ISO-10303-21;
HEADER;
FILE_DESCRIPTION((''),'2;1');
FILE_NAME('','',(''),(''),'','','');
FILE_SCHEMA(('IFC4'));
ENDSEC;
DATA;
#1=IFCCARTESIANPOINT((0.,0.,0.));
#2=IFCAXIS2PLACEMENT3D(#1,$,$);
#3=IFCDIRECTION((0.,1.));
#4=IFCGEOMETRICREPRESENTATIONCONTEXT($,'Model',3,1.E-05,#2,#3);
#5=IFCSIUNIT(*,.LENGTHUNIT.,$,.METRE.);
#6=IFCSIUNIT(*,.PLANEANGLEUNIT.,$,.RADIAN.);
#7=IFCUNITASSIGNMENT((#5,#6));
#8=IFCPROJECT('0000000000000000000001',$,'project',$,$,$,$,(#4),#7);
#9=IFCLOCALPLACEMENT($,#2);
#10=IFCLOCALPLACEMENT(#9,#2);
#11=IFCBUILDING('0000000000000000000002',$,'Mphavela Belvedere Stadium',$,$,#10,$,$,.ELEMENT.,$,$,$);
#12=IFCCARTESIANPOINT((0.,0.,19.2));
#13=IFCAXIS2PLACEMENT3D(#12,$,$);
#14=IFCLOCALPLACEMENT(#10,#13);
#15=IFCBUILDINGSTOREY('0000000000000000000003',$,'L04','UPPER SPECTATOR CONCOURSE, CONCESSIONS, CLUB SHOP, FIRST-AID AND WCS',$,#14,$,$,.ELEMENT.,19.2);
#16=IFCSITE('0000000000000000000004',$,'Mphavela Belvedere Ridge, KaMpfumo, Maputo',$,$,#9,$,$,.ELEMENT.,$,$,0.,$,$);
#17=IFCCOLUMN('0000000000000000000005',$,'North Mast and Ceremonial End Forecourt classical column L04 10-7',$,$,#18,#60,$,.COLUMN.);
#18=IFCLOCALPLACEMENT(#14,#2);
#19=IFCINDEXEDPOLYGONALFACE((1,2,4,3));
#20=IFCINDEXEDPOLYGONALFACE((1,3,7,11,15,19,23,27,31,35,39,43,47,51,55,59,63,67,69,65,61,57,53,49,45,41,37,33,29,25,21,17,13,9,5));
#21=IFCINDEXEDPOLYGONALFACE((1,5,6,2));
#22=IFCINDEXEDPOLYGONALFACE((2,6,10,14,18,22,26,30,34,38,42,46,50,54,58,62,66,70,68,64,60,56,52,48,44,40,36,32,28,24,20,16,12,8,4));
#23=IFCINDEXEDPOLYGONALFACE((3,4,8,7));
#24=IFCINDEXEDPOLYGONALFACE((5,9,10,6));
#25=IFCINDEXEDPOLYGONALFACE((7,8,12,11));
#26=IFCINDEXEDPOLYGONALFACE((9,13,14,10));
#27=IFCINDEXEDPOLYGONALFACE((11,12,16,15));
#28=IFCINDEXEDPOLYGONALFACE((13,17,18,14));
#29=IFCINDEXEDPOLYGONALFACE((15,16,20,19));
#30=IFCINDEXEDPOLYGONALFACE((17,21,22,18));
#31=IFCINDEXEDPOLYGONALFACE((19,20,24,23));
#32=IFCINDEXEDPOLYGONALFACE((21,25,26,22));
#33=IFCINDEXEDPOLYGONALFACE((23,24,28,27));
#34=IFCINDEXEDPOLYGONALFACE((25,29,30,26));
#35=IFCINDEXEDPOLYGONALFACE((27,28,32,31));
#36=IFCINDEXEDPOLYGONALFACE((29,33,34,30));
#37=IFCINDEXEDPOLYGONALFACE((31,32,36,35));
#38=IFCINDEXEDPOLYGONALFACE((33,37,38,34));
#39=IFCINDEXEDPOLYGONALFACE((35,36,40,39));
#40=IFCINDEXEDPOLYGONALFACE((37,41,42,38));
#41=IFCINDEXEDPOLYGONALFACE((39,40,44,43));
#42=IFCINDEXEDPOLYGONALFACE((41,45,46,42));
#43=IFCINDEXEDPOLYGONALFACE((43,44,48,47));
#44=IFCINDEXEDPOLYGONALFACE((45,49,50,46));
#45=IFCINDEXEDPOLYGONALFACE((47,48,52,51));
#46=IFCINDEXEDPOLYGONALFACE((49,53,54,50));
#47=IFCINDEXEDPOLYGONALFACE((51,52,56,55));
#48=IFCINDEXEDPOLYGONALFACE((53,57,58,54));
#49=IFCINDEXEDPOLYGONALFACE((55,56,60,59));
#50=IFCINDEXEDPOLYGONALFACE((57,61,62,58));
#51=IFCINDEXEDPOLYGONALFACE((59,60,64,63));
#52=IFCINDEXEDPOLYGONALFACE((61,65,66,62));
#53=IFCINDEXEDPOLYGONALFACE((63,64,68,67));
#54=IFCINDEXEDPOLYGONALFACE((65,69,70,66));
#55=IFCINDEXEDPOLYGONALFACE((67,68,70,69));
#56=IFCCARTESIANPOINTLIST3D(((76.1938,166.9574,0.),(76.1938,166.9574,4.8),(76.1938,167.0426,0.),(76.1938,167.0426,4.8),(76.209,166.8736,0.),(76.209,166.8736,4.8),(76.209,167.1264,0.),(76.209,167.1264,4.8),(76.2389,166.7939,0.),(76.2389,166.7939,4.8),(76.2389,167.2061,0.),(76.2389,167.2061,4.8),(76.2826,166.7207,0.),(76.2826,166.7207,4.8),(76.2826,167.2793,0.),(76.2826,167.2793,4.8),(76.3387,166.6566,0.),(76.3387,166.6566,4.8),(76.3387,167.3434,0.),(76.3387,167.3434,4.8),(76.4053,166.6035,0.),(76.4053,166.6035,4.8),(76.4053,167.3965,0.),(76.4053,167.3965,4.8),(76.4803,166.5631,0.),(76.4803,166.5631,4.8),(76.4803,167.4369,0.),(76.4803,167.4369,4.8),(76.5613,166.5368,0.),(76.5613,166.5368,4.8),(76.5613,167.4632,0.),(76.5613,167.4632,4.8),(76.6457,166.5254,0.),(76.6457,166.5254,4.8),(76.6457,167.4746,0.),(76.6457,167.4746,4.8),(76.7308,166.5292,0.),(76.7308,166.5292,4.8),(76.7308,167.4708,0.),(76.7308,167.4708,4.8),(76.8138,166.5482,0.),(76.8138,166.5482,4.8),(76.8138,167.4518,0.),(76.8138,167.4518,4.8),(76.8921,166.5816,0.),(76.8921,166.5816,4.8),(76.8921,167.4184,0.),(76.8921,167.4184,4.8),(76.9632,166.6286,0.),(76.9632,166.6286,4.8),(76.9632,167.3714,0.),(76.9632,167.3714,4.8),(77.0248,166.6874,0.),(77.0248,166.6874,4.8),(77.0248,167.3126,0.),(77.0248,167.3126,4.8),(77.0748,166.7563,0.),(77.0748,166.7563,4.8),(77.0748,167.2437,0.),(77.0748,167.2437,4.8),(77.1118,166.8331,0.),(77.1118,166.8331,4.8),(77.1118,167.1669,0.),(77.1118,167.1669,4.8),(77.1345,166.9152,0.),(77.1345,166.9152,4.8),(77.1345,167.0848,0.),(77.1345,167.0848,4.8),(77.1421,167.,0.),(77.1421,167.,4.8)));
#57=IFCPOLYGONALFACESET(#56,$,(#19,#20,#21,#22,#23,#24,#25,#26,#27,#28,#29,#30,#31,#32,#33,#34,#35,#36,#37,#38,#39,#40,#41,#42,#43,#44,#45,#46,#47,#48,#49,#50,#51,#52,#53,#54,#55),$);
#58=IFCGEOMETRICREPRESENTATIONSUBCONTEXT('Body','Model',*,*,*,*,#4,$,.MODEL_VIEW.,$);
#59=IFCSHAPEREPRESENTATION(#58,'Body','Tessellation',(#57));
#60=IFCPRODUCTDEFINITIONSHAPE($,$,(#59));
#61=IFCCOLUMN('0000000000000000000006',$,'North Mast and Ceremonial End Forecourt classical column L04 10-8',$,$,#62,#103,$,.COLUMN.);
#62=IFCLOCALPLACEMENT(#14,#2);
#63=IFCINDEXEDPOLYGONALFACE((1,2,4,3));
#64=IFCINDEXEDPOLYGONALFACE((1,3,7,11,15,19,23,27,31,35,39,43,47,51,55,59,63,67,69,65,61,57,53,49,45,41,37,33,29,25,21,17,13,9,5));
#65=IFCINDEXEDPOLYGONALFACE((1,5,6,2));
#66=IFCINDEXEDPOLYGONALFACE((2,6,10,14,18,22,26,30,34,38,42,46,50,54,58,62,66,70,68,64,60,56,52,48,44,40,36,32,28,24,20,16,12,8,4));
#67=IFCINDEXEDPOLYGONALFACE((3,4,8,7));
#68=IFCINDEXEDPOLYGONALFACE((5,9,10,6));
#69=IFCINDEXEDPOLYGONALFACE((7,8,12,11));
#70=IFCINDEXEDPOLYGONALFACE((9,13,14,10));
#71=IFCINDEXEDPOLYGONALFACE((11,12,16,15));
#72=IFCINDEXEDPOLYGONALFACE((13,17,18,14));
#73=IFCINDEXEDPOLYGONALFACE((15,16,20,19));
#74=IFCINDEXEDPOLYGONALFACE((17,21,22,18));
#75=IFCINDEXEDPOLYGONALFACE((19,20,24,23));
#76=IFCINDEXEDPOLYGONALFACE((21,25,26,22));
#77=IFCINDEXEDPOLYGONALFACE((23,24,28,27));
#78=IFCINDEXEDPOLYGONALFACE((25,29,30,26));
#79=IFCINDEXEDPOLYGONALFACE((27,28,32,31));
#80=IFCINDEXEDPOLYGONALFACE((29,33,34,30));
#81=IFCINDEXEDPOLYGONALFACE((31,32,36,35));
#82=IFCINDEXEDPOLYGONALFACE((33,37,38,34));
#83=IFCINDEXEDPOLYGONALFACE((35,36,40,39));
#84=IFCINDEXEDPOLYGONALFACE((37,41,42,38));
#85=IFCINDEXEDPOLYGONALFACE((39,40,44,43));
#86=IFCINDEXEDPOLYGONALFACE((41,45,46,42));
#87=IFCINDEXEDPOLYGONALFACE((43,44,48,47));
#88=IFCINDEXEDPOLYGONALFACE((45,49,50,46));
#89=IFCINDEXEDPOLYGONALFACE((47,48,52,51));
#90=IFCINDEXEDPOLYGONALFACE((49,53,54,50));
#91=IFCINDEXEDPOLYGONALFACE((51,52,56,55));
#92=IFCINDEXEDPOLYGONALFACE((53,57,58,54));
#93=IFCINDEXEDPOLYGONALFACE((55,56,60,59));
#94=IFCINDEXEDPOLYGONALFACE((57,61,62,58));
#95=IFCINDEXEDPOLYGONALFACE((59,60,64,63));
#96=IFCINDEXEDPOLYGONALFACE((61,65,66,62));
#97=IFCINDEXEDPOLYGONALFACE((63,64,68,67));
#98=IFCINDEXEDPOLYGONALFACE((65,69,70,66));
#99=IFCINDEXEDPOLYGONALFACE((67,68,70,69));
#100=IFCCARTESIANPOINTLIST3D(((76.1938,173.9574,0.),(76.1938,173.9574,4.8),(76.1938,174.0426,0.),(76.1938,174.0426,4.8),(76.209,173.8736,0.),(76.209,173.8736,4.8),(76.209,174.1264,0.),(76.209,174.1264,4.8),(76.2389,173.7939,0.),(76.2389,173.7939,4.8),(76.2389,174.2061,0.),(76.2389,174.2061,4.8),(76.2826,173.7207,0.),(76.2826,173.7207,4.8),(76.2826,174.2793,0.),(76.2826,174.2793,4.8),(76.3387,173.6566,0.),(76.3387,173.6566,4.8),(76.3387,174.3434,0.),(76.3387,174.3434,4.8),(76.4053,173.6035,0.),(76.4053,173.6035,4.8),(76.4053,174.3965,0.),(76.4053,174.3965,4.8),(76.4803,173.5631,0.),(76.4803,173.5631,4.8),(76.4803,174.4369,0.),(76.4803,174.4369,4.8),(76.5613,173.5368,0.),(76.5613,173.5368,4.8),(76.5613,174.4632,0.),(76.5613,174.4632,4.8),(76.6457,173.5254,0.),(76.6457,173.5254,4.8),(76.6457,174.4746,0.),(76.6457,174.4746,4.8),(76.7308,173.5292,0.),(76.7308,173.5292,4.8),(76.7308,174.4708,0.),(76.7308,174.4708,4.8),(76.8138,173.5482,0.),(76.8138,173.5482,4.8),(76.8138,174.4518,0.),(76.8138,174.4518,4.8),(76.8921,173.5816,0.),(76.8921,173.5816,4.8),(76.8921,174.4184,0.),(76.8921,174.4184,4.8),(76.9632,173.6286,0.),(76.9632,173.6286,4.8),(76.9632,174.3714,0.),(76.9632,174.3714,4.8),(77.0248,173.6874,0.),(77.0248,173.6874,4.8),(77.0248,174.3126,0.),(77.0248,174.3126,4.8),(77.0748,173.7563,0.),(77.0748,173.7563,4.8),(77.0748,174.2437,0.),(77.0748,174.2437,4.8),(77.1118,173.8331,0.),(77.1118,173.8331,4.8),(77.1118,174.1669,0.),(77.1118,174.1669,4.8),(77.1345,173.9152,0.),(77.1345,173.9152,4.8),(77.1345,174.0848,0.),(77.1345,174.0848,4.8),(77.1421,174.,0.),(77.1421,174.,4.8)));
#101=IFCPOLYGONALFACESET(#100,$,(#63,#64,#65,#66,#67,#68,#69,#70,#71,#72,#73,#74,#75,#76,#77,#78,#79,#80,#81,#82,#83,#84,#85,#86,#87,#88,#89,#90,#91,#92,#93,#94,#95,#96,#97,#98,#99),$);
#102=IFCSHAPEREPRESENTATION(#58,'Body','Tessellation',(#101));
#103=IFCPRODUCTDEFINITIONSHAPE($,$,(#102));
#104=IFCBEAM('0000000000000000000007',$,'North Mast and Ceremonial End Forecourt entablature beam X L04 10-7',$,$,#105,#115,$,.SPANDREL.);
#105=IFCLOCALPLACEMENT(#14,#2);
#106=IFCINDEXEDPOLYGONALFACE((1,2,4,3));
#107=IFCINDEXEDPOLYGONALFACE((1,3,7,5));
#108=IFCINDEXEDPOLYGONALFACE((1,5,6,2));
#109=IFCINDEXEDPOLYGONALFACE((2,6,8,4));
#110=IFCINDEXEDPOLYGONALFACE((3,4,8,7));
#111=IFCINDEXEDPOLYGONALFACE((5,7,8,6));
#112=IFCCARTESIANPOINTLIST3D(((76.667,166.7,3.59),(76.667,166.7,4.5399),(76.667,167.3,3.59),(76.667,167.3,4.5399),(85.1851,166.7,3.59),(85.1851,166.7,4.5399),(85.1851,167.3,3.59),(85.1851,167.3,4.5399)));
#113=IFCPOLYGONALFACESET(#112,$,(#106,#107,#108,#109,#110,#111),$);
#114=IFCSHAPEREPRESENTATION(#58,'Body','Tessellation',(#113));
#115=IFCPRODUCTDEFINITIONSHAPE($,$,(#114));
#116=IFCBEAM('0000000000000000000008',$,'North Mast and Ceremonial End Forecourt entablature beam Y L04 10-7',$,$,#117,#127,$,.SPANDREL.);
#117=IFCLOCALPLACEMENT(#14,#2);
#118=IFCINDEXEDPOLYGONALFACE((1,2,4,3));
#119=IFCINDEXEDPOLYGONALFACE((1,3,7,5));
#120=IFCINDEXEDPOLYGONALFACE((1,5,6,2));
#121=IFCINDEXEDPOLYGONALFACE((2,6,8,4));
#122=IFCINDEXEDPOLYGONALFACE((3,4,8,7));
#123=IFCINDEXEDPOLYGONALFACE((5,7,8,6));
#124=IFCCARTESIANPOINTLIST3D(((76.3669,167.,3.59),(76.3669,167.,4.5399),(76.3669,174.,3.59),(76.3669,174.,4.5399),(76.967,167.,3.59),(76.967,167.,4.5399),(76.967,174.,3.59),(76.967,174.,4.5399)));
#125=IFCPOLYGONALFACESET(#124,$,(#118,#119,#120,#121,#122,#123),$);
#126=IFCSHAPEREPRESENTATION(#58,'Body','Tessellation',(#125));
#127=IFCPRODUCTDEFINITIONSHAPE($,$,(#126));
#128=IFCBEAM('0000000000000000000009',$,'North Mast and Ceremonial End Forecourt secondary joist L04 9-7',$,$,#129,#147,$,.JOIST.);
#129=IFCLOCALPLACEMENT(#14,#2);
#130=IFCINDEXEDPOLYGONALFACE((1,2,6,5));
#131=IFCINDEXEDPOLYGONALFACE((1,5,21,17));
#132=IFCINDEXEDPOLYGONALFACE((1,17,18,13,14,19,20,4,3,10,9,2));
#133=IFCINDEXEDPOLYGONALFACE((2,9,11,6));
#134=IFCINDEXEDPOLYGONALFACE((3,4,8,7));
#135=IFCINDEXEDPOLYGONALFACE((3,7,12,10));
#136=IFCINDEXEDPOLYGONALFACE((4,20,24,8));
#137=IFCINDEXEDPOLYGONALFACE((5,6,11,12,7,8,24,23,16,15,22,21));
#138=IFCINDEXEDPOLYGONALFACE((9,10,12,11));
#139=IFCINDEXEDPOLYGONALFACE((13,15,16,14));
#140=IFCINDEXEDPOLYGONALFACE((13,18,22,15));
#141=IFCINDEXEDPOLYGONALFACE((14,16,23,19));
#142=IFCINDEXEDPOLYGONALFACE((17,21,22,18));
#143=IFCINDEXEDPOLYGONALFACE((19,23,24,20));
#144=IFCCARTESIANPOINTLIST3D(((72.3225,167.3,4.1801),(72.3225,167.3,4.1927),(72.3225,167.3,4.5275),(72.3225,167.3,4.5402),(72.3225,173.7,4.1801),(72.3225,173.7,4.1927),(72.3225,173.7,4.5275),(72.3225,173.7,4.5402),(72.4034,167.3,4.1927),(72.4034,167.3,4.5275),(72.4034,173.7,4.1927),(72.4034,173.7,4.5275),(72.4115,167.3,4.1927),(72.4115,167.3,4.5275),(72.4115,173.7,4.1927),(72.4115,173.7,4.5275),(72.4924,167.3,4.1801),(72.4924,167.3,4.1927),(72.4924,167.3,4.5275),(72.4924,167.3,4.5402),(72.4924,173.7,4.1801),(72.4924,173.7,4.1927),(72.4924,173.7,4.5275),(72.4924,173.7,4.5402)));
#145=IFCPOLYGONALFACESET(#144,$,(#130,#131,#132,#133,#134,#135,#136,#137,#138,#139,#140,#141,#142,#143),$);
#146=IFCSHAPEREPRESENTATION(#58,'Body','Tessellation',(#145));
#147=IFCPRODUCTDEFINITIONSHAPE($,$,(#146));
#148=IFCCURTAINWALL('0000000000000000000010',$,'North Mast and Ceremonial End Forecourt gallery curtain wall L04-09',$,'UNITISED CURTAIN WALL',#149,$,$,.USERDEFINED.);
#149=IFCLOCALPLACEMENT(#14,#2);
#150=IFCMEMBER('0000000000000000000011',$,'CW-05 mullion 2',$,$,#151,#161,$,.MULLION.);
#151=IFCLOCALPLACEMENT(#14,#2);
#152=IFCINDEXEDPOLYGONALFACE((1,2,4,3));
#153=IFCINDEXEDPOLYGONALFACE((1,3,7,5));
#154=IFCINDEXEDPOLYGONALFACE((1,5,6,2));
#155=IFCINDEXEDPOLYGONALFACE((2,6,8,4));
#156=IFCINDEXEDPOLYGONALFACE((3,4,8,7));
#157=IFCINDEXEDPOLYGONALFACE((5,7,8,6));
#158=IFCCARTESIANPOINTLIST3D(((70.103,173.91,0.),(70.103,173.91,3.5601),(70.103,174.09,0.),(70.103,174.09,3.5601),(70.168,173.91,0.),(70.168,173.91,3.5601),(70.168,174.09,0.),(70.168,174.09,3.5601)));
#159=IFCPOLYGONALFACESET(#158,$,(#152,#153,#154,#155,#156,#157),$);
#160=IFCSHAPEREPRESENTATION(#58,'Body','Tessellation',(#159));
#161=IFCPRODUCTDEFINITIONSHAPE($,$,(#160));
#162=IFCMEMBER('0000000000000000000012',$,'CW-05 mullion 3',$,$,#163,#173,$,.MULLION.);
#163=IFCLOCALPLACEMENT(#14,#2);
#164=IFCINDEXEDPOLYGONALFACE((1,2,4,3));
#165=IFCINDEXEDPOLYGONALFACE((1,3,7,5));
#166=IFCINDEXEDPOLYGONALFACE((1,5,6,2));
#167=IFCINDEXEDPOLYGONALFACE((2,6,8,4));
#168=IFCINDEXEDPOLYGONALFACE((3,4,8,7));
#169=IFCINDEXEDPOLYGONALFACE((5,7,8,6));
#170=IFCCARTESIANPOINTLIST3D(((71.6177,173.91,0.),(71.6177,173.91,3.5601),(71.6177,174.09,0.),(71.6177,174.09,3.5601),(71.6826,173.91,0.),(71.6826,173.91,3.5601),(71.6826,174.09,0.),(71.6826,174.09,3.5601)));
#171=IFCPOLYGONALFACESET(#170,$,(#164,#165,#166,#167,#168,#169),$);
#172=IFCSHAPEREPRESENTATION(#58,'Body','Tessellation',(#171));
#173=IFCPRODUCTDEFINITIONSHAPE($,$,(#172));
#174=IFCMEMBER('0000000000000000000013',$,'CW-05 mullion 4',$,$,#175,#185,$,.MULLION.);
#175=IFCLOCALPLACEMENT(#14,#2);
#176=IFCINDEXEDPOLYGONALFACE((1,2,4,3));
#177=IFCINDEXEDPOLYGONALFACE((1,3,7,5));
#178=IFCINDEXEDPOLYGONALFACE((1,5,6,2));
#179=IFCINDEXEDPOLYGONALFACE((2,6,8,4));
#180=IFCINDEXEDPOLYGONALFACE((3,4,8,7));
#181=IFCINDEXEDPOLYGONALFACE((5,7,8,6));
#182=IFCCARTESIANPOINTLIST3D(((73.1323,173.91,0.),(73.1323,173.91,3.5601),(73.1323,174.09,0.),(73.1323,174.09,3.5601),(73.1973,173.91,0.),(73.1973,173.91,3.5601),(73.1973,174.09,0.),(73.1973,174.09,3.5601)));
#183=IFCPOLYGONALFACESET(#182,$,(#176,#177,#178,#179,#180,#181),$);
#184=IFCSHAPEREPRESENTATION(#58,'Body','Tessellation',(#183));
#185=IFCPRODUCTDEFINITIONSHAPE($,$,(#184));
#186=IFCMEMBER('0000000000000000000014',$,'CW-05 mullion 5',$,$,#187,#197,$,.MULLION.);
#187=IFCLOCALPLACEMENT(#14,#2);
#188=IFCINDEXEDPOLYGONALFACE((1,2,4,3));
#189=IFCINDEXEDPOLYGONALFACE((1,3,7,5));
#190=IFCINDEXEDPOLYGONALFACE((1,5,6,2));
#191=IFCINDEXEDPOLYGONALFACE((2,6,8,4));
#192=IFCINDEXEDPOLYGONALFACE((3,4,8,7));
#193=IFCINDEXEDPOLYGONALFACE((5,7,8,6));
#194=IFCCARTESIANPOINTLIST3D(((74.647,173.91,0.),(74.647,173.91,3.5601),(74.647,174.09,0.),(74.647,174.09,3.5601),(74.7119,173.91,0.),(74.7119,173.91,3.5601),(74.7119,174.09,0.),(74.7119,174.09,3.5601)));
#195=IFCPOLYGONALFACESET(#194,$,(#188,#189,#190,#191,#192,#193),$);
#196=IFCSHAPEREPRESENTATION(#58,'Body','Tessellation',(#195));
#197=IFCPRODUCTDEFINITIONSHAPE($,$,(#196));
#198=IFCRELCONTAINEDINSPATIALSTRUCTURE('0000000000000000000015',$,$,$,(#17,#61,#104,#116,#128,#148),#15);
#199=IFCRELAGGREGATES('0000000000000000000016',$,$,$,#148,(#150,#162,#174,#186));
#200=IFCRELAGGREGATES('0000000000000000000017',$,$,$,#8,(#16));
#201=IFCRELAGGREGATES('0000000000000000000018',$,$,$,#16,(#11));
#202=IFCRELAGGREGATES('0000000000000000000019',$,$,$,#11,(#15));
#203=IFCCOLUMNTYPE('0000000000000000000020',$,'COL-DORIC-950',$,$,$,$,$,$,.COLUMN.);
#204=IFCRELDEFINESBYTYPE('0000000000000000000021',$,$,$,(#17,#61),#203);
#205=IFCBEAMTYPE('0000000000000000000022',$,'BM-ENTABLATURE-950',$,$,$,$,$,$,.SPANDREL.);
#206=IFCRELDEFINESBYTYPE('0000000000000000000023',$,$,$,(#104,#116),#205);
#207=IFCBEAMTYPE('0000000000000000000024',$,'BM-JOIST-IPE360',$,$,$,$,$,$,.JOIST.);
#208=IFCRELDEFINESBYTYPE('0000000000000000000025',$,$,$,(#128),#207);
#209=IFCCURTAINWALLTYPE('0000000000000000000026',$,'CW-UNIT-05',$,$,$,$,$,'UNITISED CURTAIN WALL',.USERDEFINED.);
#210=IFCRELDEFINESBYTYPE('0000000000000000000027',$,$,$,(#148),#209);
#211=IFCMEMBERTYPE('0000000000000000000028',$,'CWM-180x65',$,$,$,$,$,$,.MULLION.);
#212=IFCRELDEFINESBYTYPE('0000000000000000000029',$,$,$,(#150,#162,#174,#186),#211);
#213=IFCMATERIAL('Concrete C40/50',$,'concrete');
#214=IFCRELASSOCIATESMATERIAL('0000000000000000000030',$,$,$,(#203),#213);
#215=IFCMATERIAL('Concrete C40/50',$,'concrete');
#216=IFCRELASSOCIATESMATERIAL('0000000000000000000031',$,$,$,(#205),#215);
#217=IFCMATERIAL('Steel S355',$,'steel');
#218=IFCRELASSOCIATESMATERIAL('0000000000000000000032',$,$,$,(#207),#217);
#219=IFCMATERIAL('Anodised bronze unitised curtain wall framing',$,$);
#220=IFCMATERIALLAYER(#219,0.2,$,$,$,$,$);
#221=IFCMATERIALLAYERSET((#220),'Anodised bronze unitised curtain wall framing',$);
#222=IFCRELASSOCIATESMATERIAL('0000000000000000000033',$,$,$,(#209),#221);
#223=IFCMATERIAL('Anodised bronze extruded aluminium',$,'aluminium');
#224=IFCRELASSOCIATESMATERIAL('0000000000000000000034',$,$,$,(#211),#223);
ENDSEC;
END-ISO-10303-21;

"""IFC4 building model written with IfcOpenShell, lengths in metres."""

from ifc_helpers import new_model, si_unit, direction, frame, origin, origin_2d, place, context, subcontext, project, spatial, rectangle, circle, i_section, extrude, material, layer, layer_set, material_profile, profile_set, type_object, element, aggregate, save


model = new_model("IFC4")

# Units and contexts
model_context = context("Model", 3, precision=1e-05, world=origin(), true_north=direction((0.0, 1.0)))
body_context = subcontext(model_context, "Body", "Model", "MODEL_VIEW")
ifc_project = project(units=[si_unit("LENGTHUNIT", "METRE"), si_unit("PLANEANGLEUNIT", "RADIAN")], contexts=[model_context])

# Site, building, storey
site_placement = place(None, origin())
site = spatial("IfcSite", under=ifc_project, at=site_placement, Name="Mphavela Belvedere Ridge, KaMpfumo, Maputo", CompositionType="ELEMENT", RefElevation=0.0)
building_placement = place(site_placement, origin())
building = spatial("IfcBuilding", under=site, at=building_placement, Name="Mphavela Belvedere Stadium", CompositionType="ELEMENT")
storey_placement = place(building_placement, frame((0.0, 0.0, 19.2)))
storey = spatial("IfcBuildingStorey", under=building, at=storey_placement, Name="L04", Description="UPPER SPECTATOR CONCOURSE, CONCESSIONS, CLUB SHOP, FIRST-AID AND WCS", CompositionType="ELEMENT", Elevation=19.2)

# Columns
ifc_material_1 = material(Name="Concrete C40/50", Category="concrete")
ifc_material_profile_1 = material_profile(ifc_material_1, circle(Radius=0.4751, at=origin_2d()), Name="COL D950")
ifc_profile_set_1 = profile_set([ifc_material_profile_1], Name="Concrete C40/50")
column_type = type_object("IfcColumnType", Name="COL-DORIC-950", PredefinedType="COLUMN", material=ifc_profile_set_1)
for number, where, z_axis, x_axis, name in (
    (1, (76.667, 167.0, 0.0), (0.0, 0.0, 1.0), (1.0, 0.0, 0.0), "North Mast and Ceremonial End Forecourt classical column L04 10-7"),
    (2, (76.667, 174.0, 0.0), (0.0, 0.0, 1.0), (1.0, 0.0, 0.0), "North Mast and Ceremonial End Forecourt classical column L04 10-8"),
):
    element("IfcColumn", number, at=place(storey_placement, frame(where, z_axis=z_axis, x_axis=x_axis)), inside=storey, type_object=column_type, Name=name, PredefinedType="COLUMN", context=body_context, shape_type="SweptSolid", body=[
        extrude(circle(Radius=0.4751, at=origin_2d()), origin(), (0.0, 0.0, 1.0), 4.8),
    ])

# Beams
ifc_material_2 = material(Name="Concrete C40/50", Category="concrete")
ifc_material_profile_2 = material_profile(ifc_material_2, rectangle(XDim=0.6001, YDim=0.95, at=origin_2d()), Name="RC 600x950")
ifc_profile_set_2 = profile_set([ifc_material_profile_2], Name="Concrete C40/50")
beam_type_1 = type_object("IfcBeamType", Name="BM-ENTABLATURE-950", PredefinedType="SPANDREL", material=ifc_profile_set_2)
beam_1_placement = place(storey_placement, frame((76.667, 167.0, 4.0649), z_axis=(1.0, 0.0, 0.0), x_axis=(0.0, 1.0, 0.0)))
element("IfcBeam", 3, at=beam_1_placement, inside=storey, type_object=beam_type_1, Name="North Mast and Ceremonial End Forecourt entablature beam X L04 10-7", PredefinedType="SPANDREL", context=body_context, shape_type="SweptSolid", body=[
    extrude(rectangle(XDim=0.6001, YDim=0.95, at=origin_2d()), origin(), (0.0, 0.0, 1.0), 8.5181),
])
beam_2_placement = place(storey_placement, frame((76.667, 167.0, 4.0649), z_axis=(0.0, 1.0, 0.0), x_axis=(-1.0, 0.0, 0.0)))
element("IfcBeam", 4, at=beam_2_placement, inside=storey, type_object=beam_type_1, Name="North Mast and Ceremonial End Forecourt entablature beam Y L04 10-7", PredefinedType="SPANDREL", context=body_context, shape_type="SweptSolid", body=[
    extrude(rectangle(XDim=0.6001, YDim=0.95, at=origin_2d()), origin(), (0.0, 0.0, 1.0), 7.0),
])
ifc_material_3 = material(Name="Steel S355", Category="steel")
ifc_material_profile_3 = material_profile(ifc_material_3, i_section(OverallWidth=0.1699, OverallDepth=0.3601, WebThickness=0.0081, FlangeThickness=0.0127, at=origin_2d()), Name="IPE 360")
ifc_profile_set_3 = profile_set([ifc_material_profile_3], Name="Steel S355")
beam_type_2 = type_object("IfcBeamType", Name="BM-JOIST-IPE360", PredefinedType="JOIST", material=ifc_profile_set_3)
beam_3_placement = place(storey_placement, frame((72.4075, 167.3, 4.3601), z_axis=(0.0, 1.0, 0.0), x_axis=(-1.0, 0.0, 0.0)))
element("IfcBeam", 5, at=beam_3_placement, inside=storey, type_object=beam_type_2, Name="North Mast and Ceremonial End Forecourt secondary joist L04 9-7", PredefinedType="JOIST", context=body_context, shape_type="SweptSolid", body=[
    extrude(i_section(OverallWidth=0.1699, OverallDepth=0.3601, WebThickness=0.0081, FlangeThickness=0.0127, at=origin_2d()), origin(), (0.0, 0.0, 1.0), 6.3999),
])

# Curtain wall, members
ifc_material_4 = material(Name="Anodised bronze unitised curtain wall framing")
ifc_layer_1 = layer(ifc_material_4, 0.2)
ifc_layer_set_1 = layer_set([ifc_layer_1], Name="Anodised bronze unitised curtain wall framing")
curtain_wall_type = type_object("IfcCurtainWallType", Name="CW-UNIT-05", ElementType="UNITISED CURTAIN WALL", PredefinedType="USERDEFINED", material=ifc_layer_set_1)
curtain_wall_placement = place(storey_placement, origin())
curtain_wall = element("IfcCurtainWall", 6, at=curtain_wall_placement, inside=storey, type_object=curtain_wall_type, Name="North Mast and Ceremonial End Forecourt gallery curtain wall L04-09", ObjectType="UNITISED CURTAIN WALL", PredefinedType="USERDEFINED")
ifc_material_5 = material(Name="Anodised bronze extruded aluminium", Category="aluminium")
ifc_material_profile_4 = material_profile(ifc_material_5, rectangle(XDim=0.1799, YDim=0.0649, at=origin_2d()), Name="CW-MUL 180x65")
ifc_profile_set_4 = profile_set([ifc_material_profile_4], Name="Anodised bronze extruded aluminium")
member_type_1 = type_object("IfcMemberType", Name="CWM-180x65", PredefinedType="MULLION", material=ifc_profile_set_4)
member_1_placement = place(storey_placement, frame((70.1355, 174.0, 0.0), z_axis=(0.0, 0.0, 1.0), x_axis=(0.0, 1.0, 0.0)))
member_1 = element("IfcMember", 7, at=member_1_placement, type_object=member_type_1, Name="CW-05 mullion 2", PredefinedType="MULLION", context=body_context, shape_type="SweptSolid", body=[
    extrude(rectangle(XDim=0.1799, YDim=0.0649, at=origin_2d()), origin(), (0.0, 0.0, 1.0), 3.5601),
])
member_2_placement = place(storey_placement, frame((71.6501, 174.0, 0.0), z_axis=(0.0, 0.0, 1.0), x_axis=(0.0, 1.0, 0.0)))
member_2 = element("IfcMember", 8, at=member_2_placement, type_object=member_type_1, Name="CW-05 mullion 3", PredefinedType="MULLION", context=body_context, shape_type="SweptSolid", body=[
    extrude(rectangle(XDim=0.1799, YDim=0.0649, at=origin_2d()), origin(), (0.0, 0.0, 1.0), 3.5601),
])
member_3_placement = place(storey_placement, frame((73.1648, 174.0, 0.0), z_axis=(0.0, 0.0, 1.0), x_axis=(0.0, 1.0, 0.0)))
member_3 = element("IfcMember", 9, at=member_3_placement, type_object=member_type_1, Name="CW-05 mullion 4", PredefinedType="MULLION", context=body_context, shape_type="SweptSolid", body=[
    extrude(rectangle(XDim=0.1799, YDim=0.0649, at=origin_2d()), origin(), (0.0, 0.0, 1.0), 3.5601),
])
member_4_placement = place(storey_placement, frame((74.6794, 174.0, 0.0), z_axis=(0.0, 0.0, 1.0), x_axis=(0.0, 1.0, 0.0)))
member_4 = element("IfcMember", 10, at=member_4_placement, type_object=member_type_1, Name="CW-05 mullion 5", PredefinedType="MULLION", context=body_context, shape_type="SweptSolid", body=[
    extrude(rectangle(XDim=0.1799, YDim=0.0649, at=origin_2d()), origin(), (0.0, 0.0, 1.0), 3.5601),
])
aggregate(curtain_wall, [member_1, member_2, member_3, member_4])

save(model, "model.ifc")
